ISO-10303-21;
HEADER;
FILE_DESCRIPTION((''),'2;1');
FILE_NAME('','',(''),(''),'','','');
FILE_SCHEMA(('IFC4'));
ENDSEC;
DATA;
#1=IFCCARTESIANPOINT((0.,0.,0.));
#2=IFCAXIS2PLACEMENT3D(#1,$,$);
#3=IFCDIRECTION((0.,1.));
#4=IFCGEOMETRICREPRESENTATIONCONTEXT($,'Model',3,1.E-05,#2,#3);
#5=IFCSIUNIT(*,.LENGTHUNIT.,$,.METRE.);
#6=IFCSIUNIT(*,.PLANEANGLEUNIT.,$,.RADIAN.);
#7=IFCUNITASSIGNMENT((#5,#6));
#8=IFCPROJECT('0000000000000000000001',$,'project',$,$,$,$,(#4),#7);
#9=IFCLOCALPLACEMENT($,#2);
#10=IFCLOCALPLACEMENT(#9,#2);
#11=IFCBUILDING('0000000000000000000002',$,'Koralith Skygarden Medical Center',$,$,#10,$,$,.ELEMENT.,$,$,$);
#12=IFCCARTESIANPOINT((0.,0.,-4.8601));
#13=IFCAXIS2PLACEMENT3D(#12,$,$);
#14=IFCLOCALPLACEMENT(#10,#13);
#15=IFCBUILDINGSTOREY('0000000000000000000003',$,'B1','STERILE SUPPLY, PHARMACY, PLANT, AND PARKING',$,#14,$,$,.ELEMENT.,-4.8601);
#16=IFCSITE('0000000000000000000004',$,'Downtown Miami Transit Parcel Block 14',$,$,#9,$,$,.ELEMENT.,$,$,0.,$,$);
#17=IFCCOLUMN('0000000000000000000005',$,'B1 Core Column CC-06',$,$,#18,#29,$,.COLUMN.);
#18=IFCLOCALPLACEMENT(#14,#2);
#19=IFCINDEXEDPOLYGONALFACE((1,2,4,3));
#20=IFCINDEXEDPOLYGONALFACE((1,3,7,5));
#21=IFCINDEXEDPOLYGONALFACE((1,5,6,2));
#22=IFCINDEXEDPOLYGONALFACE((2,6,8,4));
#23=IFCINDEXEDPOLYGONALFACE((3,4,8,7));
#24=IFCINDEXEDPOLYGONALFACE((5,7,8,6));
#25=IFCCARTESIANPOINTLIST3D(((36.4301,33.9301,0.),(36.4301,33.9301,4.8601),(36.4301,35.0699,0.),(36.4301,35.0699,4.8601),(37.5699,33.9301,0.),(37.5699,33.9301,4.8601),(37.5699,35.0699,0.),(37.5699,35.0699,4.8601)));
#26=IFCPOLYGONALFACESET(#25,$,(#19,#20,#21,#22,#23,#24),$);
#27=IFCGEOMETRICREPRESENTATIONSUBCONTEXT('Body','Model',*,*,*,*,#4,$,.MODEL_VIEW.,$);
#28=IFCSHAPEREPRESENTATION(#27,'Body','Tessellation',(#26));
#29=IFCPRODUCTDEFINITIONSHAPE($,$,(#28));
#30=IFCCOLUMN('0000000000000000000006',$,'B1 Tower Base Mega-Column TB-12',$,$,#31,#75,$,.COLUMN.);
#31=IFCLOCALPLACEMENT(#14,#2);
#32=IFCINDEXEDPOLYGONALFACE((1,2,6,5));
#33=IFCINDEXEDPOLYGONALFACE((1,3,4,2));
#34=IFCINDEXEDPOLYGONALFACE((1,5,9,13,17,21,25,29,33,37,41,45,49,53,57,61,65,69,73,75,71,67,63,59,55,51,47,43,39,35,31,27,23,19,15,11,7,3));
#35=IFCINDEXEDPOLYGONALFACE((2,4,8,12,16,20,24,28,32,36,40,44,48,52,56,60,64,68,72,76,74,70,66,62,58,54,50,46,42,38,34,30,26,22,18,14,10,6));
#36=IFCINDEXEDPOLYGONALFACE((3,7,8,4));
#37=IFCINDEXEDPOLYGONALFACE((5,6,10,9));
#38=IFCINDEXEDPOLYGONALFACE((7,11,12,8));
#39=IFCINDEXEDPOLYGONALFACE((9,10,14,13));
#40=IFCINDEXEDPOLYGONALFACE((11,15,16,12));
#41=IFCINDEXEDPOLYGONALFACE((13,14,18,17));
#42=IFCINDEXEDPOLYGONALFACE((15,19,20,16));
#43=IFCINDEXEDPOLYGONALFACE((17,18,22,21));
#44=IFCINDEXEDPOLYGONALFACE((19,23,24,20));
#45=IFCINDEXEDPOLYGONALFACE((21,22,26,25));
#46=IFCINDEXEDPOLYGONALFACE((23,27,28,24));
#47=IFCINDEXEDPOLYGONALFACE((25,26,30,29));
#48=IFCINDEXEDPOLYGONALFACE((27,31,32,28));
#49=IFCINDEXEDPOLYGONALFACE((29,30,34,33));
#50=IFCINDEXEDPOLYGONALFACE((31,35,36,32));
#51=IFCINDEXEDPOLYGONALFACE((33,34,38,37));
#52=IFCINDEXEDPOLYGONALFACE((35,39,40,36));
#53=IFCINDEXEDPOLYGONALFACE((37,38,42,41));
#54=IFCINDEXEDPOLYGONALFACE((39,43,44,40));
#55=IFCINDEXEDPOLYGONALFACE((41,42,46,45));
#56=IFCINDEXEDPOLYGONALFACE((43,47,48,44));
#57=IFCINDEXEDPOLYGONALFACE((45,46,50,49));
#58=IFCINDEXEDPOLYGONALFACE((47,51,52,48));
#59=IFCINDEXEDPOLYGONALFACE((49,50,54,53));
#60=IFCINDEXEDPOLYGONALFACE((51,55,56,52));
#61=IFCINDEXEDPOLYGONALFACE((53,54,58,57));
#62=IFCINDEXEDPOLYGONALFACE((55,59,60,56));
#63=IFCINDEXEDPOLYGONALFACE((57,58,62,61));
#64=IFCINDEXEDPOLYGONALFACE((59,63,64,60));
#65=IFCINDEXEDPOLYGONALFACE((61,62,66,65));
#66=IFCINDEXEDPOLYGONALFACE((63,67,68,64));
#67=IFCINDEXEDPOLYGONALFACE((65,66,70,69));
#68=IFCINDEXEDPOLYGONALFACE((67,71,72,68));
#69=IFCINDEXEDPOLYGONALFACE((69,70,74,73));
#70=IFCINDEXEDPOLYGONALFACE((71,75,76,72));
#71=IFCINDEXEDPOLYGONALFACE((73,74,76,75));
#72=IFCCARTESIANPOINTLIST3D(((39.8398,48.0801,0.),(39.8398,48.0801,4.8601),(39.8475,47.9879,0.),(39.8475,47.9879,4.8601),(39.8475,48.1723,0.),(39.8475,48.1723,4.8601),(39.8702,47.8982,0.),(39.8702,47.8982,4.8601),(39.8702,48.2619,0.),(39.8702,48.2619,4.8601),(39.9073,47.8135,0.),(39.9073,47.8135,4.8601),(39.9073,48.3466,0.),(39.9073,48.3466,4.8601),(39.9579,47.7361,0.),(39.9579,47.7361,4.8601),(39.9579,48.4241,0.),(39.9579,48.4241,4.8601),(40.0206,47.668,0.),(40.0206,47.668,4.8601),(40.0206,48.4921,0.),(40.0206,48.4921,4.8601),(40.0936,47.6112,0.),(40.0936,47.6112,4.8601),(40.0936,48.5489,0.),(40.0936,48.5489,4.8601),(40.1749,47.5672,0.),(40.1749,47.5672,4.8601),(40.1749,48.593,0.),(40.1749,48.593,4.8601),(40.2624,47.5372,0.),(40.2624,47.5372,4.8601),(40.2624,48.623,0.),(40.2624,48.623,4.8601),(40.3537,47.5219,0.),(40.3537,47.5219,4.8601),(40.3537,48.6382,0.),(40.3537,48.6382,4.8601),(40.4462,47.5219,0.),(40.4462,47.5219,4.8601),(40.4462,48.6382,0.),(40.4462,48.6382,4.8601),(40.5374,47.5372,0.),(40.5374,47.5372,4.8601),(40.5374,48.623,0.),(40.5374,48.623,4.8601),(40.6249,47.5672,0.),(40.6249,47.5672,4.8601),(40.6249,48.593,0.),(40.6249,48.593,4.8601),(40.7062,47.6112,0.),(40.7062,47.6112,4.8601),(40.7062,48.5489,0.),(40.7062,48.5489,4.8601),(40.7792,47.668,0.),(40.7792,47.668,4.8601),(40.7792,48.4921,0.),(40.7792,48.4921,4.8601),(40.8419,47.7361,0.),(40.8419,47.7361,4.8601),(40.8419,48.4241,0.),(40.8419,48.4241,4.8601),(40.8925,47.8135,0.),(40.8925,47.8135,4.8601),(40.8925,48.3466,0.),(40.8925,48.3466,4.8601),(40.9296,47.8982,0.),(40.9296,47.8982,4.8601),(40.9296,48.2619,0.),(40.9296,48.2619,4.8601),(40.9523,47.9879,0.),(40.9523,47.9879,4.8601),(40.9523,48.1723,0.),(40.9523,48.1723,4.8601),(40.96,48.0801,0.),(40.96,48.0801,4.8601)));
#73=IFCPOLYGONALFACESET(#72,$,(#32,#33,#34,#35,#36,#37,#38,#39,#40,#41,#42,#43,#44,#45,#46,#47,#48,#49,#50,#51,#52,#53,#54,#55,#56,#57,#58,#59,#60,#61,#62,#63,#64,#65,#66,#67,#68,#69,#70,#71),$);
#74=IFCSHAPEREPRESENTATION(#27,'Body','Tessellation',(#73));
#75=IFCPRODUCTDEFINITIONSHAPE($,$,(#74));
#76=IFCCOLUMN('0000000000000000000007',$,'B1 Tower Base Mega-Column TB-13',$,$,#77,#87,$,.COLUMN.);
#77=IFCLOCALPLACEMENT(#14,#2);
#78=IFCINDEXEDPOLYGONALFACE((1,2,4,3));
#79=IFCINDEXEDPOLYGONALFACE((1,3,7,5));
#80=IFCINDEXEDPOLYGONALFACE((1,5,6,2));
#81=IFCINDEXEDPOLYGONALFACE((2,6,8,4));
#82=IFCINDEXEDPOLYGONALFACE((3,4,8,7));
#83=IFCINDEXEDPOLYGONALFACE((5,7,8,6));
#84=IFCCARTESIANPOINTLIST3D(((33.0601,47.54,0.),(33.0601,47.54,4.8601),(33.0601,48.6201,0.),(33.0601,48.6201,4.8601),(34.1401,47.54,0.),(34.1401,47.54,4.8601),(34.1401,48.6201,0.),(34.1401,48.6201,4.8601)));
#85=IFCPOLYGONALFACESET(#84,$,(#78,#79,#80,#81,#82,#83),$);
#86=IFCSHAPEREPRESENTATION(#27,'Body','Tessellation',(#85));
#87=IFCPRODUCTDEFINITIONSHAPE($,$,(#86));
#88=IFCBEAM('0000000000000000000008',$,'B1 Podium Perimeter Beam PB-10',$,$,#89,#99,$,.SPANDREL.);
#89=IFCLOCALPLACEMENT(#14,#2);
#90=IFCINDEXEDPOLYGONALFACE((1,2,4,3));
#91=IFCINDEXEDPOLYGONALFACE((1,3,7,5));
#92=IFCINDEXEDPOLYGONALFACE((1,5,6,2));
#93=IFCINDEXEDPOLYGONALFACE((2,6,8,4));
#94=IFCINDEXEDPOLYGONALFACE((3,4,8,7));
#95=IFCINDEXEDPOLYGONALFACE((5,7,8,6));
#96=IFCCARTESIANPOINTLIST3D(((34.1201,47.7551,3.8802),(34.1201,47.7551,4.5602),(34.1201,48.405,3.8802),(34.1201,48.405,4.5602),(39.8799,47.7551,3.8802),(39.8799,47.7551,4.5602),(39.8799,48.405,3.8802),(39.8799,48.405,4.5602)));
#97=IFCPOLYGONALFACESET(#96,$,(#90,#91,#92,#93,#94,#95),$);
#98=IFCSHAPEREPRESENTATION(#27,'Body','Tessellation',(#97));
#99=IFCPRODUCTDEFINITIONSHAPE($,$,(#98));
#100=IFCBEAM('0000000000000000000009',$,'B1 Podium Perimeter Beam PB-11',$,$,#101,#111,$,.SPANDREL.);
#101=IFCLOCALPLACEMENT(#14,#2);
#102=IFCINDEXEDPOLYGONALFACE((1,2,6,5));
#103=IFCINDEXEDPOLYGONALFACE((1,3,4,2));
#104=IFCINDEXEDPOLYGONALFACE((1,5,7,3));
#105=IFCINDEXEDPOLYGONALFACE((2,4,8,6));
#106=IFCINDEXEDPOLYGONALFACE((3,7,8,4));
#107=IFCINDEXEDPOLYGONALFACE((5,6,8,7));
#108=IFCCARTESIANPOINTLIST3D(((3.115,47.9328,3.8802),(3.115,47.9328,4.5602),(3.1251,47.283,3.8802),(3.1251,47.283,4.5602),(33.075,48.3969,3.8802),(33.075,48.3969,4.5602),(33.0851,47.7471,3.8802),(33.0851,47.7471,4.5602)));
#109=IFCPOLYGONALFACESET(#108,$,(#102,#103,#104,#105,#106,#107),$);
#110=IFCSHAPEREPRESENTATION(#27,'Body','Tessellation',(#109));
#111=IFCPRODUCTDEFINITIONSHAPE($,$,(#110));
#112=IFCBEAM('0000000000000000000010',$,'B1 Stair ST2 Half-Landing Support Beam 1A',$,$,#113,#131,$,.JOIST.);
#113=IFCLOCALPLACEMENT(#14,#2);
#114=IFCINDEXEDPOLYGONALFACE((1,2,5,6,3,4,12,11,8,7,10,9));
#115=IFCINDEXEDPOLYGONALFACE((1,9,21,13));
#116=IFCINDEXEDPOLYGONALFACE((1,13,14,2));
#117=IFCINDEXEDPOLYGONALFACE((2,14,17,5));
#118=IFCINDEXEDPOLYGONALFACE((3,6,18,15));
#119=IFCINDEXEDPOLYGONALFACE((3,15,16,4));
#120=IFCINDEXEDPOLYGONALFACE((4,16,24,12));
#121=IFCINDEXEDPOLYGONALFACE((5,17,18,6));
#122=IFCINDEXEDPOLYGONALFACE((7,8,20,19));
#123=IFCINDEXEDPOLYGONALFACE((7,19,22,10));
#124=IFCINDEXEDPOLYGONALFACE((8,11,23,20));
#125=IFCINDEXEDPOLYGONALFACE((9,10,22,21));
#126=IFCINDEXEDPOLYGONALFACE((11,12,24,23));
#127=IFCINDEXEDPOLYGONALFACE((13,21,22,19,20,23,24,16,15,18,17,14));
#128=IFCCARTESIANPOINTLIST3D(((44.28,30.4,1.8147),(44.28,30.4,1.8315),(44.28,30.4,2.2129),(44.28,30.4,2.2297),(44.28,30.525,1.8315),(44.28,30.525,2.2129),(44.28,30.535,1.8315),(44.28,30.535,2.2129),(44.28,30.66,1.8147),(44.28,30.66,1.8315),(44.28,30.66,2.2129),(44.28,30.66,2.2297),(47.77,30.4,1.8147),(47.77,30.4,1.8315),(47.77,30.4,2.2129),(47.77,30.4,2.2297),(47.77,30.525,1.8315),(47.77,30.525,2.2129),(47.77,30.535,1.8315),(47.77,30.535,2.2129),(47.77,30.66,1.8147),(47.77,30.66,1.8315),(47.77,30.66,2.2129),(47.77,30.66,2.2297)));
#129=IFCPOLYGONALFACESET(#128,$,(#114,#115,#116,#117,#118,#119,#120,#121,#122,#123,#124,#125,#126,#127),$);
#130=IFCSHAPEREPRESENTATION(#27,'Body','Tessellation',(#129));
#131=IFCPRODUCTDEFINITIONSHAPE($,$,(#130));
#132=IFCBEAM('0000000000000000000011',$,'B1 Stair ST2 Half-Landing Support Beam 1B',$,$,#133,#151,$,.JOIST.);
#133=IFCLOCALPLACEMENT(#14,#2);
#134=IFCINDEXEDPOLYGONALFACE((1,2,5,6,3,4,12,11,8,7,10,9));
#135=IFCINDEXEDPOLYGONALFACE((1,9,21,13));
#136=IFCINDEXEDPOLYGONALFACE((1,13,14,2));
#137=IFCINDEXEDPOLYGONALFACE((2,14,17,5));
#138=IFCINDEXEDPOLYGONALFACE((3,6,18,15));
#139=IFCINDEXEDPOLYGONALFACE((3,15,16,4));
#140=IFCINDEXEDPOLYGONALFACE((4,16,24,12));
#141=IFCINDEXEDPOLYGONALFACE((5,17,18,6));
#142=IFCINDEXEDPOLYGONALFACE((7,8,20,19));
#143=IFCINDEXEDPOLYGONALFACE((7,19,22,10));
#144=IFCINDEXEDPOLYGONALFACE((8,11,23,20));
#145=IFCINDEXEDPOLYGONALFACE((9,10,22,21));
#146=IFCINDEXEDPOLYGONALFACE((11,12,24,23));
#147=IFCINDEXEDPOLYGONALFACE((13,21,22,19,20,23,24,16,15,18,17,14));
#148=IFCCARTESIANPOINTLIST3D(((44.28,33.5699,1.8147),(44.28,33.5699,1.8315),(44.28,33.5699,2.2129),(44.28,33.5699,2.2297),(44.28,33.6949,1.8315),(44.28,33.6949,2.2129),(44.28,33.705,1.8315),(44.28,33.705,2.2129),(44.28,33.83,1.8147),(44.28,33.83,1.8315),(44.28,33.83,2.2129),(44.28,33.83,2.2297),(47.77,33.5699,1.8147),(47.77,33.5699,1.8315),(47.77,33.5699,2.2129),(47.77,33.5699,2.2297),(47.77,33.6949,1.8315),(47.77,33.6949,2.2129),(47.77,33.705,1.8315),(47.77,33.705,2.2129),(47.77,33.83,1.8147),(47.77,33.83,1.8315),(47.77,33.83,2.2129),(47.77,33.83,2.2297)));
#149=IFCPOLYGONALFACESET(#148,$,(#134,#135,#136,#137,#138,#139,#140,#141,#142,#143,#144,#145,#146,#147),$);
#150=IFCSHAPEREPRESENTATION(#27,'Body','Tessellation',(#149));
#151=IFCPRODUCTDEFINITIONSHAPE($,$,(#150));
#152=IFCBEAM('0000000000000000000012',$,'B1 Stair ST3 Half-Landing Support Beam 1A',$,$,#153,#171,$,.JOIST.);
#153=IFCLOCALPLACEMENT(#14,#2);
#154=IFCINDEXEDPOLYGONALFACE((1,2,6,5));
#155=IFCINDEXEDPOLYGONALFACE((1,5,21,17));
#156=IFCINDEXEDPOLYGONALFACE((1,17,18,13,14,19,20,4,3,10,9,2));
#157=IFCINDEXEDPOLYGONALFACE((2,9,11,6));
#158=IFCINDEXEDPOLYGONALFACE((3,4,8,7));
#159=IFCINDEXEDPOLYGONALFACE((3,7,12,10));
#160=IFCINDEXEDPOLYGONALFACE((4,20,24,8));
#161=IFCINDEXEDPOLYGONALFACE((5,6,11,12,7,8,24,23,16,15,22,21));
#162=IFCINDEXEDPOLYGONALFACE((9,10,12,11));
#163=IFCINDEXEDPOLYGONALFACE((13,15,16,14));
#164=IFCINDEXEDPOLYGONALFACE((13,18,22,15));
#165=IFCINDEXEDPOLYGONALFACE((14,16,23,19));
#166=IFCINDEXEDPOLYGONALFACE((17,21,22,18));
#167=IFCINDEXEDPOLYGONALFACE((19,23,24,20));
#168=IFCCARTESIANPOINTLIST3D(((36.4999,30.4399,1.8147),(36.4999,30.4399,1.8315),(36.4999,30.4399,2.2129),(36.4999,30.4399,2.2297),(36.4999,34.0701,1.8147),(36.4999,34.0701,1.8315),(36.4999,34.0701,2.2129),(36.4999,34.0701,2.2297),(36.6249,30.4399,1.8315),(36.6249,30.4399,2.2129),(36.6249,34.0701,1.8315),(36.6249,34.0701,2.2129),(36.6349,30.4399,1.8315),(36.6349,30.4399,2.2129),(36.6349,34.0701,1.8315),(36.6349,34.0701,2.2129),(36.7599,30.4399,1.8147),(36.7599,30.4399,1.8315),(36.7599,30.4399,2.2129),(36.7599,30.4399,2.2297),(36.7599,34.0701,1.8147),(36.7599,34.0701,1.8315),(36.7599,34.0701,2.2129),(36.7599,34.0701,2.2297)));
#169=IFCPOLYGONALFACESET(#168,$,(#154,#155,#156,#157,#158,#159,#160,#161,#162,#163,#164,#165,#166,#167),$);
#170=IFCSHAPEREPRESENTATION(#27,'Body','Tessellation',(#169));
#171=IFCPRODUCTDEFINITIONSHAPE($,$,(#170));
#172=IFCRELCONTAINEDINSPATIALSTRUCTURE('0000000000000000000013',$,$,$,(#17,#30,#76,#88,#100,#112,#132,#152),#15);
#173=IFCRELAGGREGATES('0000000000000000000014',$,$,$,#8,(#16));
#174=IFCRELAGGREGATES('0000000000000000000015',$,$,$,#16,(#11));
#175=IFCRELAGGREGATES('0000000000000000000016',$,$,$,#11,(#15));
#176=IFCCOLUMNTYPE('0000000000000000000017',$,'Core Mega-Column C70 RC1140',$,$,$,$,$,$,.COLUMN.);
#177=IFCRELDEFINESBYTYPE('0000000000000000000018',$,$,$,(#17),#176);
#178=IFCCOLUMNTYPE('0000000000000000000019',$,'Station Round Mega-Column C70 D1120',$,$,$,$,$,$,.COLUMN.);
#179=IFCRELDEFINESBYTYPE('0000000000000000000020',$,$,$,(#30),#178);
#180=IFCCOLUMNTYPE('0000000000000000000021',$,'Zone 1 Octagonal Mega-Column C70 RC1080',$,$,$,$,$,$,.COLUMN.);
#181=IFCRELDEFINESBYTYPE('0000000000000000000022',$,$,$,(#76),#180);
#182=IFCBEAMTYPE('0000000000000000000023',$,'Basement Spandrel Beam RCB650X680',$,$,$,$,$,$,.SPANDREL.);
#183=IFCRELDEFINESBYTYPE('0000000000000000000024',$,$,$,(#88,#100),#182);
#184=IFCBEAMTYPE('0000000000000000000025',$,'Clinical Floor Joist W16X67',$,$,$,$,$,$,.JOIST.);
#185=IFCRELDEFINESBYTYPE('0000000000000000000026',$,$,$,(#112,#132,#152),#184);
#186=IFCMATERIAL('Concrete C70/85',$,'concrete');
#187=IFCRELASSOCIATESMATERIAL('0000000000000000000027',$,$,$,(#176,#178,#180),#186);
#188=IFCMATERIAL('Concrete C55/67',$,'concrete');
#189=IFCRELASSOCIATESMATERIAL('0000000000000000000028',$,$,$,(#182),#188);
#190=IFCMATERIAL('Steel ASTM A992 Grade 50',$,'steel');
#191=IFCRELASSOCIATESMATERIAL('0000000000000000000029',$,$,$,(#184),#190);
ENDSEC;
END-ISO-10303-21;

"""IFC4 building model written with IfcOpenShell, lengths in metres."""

from ifc_helpers import new_model, si_unit, direction, frame, origin, origin_2d, place, context, subcontext, project, spatial, rectangle, circle, i_section, extrude, material, material_profile, profile_set, type_object, element, save


model = new_model("IFC4")

# Units and contexts
model_context = context("Model", 3, precision=1e-05, world=origin(), true_north=direction((0.0, 1.0)))
body_context = subcontext(model_context, "Body", "Model", "MODEL_VIEW")
ifc_project = project(units=[si_unit("LENGTHUNIT", "METRE"), si_unit("PLANEANGLEUNIT", "RADIAN")], contexts=[model_context])

# Site, building, storey
site_placement = place(None, origin())
site = spatial("IfcSite", under=ifc_project, at=site_placement, Name="Downtown Miami Transit Parcel Block 14", CompositionType="ELEMENT", RefElevation=0.0)
building_placement = place(site_placement, origin())
building = spatial("IfcBuilding", under=site, at=building_placement, Name="Koralith Skygarden Medical Center", CompositionType="ELEMENT")
storey_placement = place(building_placement, frame((0.0, 0.0, -4.8601)))
storey = spatial("IfcBuildingStorey", under=building, at=storey_placement, Name="B1", Description="STERILE SUPPLY, PHARMACY, PLANT, AND PARKING", CompositionType="ELEMENT", Elevation=-4.8601)

# Columns
ifc_material_1 = material(Name="Concrete C70/85", Category="concrete")
ifc_material_profile_1 = material_profile(ifc_material_1, rectangle(XDim=1.1399, YDim=1.1399, at=origin_2d()), Name="RC1140X1140")
ifc_profile_set_1 = profile_set([ifc_material_profile_1], Name="Concrete C70/85")
column_type_1 = type_object("IfcColumnType", Name="Core Mega-Column C70 RC1140", PredefinedType="COLUMN", material=ifc_profile_set_1)
column_1_placement = place(storey_placement, frame((37.0, 34.5, 0.0), z_axis=(0.0, 0.0, 1.0), x_axis=(1.0, 0.0, 0.0)))
element("IfcColumn", 1, at=column_1_placement, inside=storey, type_object=column_type_1, Name="B1 Core Column CC-06", PredefinedType="COLUMN", context=body_context, shape_type="SweptSolid", body=[
    extrude(rectangle(XDim=1.1399, YDim=1.1399, at=origin_2d()), origin(), (0.0, 0.0, 1.0), 4.8601),
])
ifc_material_profile_2 = material_profile(ifc_material_1, circle(Radius=0.5601, at=origin_2d()), Name="RCCOL1120")
ifc_profile_set_2 = profile_set([ifc_material_profile_2], Name="Concrete C70/85")
column_type_2 = type_object("IfcColumnType", Name="Station Round Mega-Column C70 D1120", PredefinedType="COLUMN", material=ifc_profile_set_2)
column_2_placement = place(storey_placement, frame((40.3999, 48.0801, 0.0), z_axis=(0.0, 0.0, 1.0), x_axis=(1.0, 0.0, 0.0)))
element("IfcColumn", 2, at=column_2_placement, inside=storey, type_object=column_type_2, Name="B1 Tower Base Mega-Column TB-12", PredefinedType="COLUMN", context=body_context, shape_type="SweptSolid", body=[
    extrude(circle(Radius=0.5601, at=origin_2d()), origin(), (0.0, 0.0, 1.0), 4.8601),
])
ifc_material_profile_3 = material_profile(ifc_material_1, rectangle(XDim=1.0801, YDim=1.0801, at=origin_2d()), Name="RC1080X1080")
ifc_profile_set_3 = profile_set([ifc_material_profile_3], Name="Concrete C70/85")
column_type_3 = type_object("IfcColumnType", Name="Zone 1 Octagonal Mega-Column C70 RC1080", PredefinedType="COLUMN", material=ifc_profile_set_3)
column_3_placement = place(storey_placement, frame((33.6001, 48.0801, 0.0), z_axis=(0.0, 0.0, 1.0), x_axis=(1.0, 0.0, 0.0)))
element("IfcColumn", 3, at=column_3_placement, inside=storey, type_object=column_type_3, Name="B1 Tower Base Mega-Column TB-13", PredefinedType="COLUMN", context=body_context, shape_type="SweptSolid", body=[
    extrude(rectangle(XDim=1.0801, YDim=1.0801, at=origin_2d()), origin(), (0.0, 0.0, 1.0), 4.8601),
])

# Beams
ifc_material_2 = material(Name="Concrete C55/67", Category="concrete")
ifc_material_profile_4 = material_profile(ifc_material_2, rectangle(XDim=0.6499, YDim=0.6799, at=origin_2d()), Name="RCB650X680")
ifc_profile_set_4 = profile_set([ifc_material_profile_4], Name="Concrete C55/67")
beam_type_1 = type_object("IfcBeamType", Name="Basement Spandrel Beam RCB650X680", PredefinedType="SPANDREL", material=ifc_profile_set_4)
beam_1_placement = place(storey_placement, frame((39.8799, 48.0801, 4.2202), z_axis=(-1.0, 0.0, 0.0), x_axis=(0.0, -1.0, 0.0)))
element("IfcBeam", 4, at=beam_1_placement, inside=storey, type_object=beam_type_1, Name="B1 Podium Perimeter Beam PB-10", PredefinedType="SPANDREL", context=body_context, shape_type="SweptSolid", body=[
    extrude(rectangle(XDim=0.6499, YDim=0.6799, at=origin_2d()), origin(), (0.0, 0.0, 1.0), 5.7598),
])
beam_2_placement = place(storey_placement, frame((33.0801, 48.072, 4.2202), z_axis=(-0.99988, -0.015489, 0.0), x_axis=(0.015489, -0.99988, 0.0)))
element("IfcBeam", 5, at=beam_2_placement, inside=storey, type_object=beam_type_1, Name="B1 Podium Perimeter Beam PB-11", PredefinedType="SPANDREL", context=body_context, shape_type="SweptSolid", body=[
    extrude(rectangle(XDim=0.6499, YDim=0.6799, at=origin_2d()), origin(), (0.0, 0.0, 1.0), 29.9636),
])
ifc_material_3 = material(Name="Steel ASTM A992 Grade 50", Category="steel")
ifc_material_profile_5 = material_profile(ifc_material_3, i_section(OverallWidth=0.26, OverallDepth=0.415, WebThickness=0.01, FlangeThickness=0.0168, at=origin_2d()), Name="W16X67")
ifc_profile_set_5 = profile_set([ifc_material_profile_5], Name="Steel ASTM A992 Grade 50")
beam_type_2 = type_object("IfcBeamType", Name="Clinical Floor Joist W16X67", PredefinedType="JOIST", material=ifc_profile_set_5)
for number, where, z_axis, x_axis, name in (
    (6, (44.28, 30.53, 2.0222), (1.0, 0.0, 0.0), (0.0, 1.0, 0.0), "B1 Stair ST2 Half-Landing Support Beam 1A"),
    (7, (44.28, 33.7, 2.0222), (1.0, 0.0, 0.0), (0.0, 1.0, 0.0), "B1 Stair ST2 Half-Landing Support Beam 1B"),
):
    element("IfcBeam", number, at=place(storey_placement, frame(where, z_axis=z_axis, x_axis=x_axis)), inside=storey, type_object=beam_type_2, Name=name, PredefinedType="JOIST", context=body_context, shape_type="SweptSolid", body=[
        extrude(i_section(OverallWidth=0.26, OverallDepth=0.415, WebThickness=0.01, FlangeThickness=0.0168, at=origin_2d()), origin(), (0.0, 0.0, 1.0), 3.49),
    ])
beam_3_placement = place(storey_placement, frame((36.6299, 30.4399, 2.0222), z_axis=(0.0, 1.0, 0.0), x_axis=(-1.0, 0.0, 0.0)))
element("IfcBeam", 8, at=beam_3_placement, inside=storey, type_object=beam_type_2, Name="B1 Stair ST3 Half-Landing Support Beam 1A", PredefinedType="JOIST", context=body_context, shape_type="SweptSolid", body=[
    extrude(i_section(OverallWidth=0.26, OverallDepth=0.415, WebThickness=0.01, FlangeThickness=0.0168, at=origin_2d()), origin(), (0.0, 0.0, 1.0), 3.6301),
])

save(model, "model.ifc")
